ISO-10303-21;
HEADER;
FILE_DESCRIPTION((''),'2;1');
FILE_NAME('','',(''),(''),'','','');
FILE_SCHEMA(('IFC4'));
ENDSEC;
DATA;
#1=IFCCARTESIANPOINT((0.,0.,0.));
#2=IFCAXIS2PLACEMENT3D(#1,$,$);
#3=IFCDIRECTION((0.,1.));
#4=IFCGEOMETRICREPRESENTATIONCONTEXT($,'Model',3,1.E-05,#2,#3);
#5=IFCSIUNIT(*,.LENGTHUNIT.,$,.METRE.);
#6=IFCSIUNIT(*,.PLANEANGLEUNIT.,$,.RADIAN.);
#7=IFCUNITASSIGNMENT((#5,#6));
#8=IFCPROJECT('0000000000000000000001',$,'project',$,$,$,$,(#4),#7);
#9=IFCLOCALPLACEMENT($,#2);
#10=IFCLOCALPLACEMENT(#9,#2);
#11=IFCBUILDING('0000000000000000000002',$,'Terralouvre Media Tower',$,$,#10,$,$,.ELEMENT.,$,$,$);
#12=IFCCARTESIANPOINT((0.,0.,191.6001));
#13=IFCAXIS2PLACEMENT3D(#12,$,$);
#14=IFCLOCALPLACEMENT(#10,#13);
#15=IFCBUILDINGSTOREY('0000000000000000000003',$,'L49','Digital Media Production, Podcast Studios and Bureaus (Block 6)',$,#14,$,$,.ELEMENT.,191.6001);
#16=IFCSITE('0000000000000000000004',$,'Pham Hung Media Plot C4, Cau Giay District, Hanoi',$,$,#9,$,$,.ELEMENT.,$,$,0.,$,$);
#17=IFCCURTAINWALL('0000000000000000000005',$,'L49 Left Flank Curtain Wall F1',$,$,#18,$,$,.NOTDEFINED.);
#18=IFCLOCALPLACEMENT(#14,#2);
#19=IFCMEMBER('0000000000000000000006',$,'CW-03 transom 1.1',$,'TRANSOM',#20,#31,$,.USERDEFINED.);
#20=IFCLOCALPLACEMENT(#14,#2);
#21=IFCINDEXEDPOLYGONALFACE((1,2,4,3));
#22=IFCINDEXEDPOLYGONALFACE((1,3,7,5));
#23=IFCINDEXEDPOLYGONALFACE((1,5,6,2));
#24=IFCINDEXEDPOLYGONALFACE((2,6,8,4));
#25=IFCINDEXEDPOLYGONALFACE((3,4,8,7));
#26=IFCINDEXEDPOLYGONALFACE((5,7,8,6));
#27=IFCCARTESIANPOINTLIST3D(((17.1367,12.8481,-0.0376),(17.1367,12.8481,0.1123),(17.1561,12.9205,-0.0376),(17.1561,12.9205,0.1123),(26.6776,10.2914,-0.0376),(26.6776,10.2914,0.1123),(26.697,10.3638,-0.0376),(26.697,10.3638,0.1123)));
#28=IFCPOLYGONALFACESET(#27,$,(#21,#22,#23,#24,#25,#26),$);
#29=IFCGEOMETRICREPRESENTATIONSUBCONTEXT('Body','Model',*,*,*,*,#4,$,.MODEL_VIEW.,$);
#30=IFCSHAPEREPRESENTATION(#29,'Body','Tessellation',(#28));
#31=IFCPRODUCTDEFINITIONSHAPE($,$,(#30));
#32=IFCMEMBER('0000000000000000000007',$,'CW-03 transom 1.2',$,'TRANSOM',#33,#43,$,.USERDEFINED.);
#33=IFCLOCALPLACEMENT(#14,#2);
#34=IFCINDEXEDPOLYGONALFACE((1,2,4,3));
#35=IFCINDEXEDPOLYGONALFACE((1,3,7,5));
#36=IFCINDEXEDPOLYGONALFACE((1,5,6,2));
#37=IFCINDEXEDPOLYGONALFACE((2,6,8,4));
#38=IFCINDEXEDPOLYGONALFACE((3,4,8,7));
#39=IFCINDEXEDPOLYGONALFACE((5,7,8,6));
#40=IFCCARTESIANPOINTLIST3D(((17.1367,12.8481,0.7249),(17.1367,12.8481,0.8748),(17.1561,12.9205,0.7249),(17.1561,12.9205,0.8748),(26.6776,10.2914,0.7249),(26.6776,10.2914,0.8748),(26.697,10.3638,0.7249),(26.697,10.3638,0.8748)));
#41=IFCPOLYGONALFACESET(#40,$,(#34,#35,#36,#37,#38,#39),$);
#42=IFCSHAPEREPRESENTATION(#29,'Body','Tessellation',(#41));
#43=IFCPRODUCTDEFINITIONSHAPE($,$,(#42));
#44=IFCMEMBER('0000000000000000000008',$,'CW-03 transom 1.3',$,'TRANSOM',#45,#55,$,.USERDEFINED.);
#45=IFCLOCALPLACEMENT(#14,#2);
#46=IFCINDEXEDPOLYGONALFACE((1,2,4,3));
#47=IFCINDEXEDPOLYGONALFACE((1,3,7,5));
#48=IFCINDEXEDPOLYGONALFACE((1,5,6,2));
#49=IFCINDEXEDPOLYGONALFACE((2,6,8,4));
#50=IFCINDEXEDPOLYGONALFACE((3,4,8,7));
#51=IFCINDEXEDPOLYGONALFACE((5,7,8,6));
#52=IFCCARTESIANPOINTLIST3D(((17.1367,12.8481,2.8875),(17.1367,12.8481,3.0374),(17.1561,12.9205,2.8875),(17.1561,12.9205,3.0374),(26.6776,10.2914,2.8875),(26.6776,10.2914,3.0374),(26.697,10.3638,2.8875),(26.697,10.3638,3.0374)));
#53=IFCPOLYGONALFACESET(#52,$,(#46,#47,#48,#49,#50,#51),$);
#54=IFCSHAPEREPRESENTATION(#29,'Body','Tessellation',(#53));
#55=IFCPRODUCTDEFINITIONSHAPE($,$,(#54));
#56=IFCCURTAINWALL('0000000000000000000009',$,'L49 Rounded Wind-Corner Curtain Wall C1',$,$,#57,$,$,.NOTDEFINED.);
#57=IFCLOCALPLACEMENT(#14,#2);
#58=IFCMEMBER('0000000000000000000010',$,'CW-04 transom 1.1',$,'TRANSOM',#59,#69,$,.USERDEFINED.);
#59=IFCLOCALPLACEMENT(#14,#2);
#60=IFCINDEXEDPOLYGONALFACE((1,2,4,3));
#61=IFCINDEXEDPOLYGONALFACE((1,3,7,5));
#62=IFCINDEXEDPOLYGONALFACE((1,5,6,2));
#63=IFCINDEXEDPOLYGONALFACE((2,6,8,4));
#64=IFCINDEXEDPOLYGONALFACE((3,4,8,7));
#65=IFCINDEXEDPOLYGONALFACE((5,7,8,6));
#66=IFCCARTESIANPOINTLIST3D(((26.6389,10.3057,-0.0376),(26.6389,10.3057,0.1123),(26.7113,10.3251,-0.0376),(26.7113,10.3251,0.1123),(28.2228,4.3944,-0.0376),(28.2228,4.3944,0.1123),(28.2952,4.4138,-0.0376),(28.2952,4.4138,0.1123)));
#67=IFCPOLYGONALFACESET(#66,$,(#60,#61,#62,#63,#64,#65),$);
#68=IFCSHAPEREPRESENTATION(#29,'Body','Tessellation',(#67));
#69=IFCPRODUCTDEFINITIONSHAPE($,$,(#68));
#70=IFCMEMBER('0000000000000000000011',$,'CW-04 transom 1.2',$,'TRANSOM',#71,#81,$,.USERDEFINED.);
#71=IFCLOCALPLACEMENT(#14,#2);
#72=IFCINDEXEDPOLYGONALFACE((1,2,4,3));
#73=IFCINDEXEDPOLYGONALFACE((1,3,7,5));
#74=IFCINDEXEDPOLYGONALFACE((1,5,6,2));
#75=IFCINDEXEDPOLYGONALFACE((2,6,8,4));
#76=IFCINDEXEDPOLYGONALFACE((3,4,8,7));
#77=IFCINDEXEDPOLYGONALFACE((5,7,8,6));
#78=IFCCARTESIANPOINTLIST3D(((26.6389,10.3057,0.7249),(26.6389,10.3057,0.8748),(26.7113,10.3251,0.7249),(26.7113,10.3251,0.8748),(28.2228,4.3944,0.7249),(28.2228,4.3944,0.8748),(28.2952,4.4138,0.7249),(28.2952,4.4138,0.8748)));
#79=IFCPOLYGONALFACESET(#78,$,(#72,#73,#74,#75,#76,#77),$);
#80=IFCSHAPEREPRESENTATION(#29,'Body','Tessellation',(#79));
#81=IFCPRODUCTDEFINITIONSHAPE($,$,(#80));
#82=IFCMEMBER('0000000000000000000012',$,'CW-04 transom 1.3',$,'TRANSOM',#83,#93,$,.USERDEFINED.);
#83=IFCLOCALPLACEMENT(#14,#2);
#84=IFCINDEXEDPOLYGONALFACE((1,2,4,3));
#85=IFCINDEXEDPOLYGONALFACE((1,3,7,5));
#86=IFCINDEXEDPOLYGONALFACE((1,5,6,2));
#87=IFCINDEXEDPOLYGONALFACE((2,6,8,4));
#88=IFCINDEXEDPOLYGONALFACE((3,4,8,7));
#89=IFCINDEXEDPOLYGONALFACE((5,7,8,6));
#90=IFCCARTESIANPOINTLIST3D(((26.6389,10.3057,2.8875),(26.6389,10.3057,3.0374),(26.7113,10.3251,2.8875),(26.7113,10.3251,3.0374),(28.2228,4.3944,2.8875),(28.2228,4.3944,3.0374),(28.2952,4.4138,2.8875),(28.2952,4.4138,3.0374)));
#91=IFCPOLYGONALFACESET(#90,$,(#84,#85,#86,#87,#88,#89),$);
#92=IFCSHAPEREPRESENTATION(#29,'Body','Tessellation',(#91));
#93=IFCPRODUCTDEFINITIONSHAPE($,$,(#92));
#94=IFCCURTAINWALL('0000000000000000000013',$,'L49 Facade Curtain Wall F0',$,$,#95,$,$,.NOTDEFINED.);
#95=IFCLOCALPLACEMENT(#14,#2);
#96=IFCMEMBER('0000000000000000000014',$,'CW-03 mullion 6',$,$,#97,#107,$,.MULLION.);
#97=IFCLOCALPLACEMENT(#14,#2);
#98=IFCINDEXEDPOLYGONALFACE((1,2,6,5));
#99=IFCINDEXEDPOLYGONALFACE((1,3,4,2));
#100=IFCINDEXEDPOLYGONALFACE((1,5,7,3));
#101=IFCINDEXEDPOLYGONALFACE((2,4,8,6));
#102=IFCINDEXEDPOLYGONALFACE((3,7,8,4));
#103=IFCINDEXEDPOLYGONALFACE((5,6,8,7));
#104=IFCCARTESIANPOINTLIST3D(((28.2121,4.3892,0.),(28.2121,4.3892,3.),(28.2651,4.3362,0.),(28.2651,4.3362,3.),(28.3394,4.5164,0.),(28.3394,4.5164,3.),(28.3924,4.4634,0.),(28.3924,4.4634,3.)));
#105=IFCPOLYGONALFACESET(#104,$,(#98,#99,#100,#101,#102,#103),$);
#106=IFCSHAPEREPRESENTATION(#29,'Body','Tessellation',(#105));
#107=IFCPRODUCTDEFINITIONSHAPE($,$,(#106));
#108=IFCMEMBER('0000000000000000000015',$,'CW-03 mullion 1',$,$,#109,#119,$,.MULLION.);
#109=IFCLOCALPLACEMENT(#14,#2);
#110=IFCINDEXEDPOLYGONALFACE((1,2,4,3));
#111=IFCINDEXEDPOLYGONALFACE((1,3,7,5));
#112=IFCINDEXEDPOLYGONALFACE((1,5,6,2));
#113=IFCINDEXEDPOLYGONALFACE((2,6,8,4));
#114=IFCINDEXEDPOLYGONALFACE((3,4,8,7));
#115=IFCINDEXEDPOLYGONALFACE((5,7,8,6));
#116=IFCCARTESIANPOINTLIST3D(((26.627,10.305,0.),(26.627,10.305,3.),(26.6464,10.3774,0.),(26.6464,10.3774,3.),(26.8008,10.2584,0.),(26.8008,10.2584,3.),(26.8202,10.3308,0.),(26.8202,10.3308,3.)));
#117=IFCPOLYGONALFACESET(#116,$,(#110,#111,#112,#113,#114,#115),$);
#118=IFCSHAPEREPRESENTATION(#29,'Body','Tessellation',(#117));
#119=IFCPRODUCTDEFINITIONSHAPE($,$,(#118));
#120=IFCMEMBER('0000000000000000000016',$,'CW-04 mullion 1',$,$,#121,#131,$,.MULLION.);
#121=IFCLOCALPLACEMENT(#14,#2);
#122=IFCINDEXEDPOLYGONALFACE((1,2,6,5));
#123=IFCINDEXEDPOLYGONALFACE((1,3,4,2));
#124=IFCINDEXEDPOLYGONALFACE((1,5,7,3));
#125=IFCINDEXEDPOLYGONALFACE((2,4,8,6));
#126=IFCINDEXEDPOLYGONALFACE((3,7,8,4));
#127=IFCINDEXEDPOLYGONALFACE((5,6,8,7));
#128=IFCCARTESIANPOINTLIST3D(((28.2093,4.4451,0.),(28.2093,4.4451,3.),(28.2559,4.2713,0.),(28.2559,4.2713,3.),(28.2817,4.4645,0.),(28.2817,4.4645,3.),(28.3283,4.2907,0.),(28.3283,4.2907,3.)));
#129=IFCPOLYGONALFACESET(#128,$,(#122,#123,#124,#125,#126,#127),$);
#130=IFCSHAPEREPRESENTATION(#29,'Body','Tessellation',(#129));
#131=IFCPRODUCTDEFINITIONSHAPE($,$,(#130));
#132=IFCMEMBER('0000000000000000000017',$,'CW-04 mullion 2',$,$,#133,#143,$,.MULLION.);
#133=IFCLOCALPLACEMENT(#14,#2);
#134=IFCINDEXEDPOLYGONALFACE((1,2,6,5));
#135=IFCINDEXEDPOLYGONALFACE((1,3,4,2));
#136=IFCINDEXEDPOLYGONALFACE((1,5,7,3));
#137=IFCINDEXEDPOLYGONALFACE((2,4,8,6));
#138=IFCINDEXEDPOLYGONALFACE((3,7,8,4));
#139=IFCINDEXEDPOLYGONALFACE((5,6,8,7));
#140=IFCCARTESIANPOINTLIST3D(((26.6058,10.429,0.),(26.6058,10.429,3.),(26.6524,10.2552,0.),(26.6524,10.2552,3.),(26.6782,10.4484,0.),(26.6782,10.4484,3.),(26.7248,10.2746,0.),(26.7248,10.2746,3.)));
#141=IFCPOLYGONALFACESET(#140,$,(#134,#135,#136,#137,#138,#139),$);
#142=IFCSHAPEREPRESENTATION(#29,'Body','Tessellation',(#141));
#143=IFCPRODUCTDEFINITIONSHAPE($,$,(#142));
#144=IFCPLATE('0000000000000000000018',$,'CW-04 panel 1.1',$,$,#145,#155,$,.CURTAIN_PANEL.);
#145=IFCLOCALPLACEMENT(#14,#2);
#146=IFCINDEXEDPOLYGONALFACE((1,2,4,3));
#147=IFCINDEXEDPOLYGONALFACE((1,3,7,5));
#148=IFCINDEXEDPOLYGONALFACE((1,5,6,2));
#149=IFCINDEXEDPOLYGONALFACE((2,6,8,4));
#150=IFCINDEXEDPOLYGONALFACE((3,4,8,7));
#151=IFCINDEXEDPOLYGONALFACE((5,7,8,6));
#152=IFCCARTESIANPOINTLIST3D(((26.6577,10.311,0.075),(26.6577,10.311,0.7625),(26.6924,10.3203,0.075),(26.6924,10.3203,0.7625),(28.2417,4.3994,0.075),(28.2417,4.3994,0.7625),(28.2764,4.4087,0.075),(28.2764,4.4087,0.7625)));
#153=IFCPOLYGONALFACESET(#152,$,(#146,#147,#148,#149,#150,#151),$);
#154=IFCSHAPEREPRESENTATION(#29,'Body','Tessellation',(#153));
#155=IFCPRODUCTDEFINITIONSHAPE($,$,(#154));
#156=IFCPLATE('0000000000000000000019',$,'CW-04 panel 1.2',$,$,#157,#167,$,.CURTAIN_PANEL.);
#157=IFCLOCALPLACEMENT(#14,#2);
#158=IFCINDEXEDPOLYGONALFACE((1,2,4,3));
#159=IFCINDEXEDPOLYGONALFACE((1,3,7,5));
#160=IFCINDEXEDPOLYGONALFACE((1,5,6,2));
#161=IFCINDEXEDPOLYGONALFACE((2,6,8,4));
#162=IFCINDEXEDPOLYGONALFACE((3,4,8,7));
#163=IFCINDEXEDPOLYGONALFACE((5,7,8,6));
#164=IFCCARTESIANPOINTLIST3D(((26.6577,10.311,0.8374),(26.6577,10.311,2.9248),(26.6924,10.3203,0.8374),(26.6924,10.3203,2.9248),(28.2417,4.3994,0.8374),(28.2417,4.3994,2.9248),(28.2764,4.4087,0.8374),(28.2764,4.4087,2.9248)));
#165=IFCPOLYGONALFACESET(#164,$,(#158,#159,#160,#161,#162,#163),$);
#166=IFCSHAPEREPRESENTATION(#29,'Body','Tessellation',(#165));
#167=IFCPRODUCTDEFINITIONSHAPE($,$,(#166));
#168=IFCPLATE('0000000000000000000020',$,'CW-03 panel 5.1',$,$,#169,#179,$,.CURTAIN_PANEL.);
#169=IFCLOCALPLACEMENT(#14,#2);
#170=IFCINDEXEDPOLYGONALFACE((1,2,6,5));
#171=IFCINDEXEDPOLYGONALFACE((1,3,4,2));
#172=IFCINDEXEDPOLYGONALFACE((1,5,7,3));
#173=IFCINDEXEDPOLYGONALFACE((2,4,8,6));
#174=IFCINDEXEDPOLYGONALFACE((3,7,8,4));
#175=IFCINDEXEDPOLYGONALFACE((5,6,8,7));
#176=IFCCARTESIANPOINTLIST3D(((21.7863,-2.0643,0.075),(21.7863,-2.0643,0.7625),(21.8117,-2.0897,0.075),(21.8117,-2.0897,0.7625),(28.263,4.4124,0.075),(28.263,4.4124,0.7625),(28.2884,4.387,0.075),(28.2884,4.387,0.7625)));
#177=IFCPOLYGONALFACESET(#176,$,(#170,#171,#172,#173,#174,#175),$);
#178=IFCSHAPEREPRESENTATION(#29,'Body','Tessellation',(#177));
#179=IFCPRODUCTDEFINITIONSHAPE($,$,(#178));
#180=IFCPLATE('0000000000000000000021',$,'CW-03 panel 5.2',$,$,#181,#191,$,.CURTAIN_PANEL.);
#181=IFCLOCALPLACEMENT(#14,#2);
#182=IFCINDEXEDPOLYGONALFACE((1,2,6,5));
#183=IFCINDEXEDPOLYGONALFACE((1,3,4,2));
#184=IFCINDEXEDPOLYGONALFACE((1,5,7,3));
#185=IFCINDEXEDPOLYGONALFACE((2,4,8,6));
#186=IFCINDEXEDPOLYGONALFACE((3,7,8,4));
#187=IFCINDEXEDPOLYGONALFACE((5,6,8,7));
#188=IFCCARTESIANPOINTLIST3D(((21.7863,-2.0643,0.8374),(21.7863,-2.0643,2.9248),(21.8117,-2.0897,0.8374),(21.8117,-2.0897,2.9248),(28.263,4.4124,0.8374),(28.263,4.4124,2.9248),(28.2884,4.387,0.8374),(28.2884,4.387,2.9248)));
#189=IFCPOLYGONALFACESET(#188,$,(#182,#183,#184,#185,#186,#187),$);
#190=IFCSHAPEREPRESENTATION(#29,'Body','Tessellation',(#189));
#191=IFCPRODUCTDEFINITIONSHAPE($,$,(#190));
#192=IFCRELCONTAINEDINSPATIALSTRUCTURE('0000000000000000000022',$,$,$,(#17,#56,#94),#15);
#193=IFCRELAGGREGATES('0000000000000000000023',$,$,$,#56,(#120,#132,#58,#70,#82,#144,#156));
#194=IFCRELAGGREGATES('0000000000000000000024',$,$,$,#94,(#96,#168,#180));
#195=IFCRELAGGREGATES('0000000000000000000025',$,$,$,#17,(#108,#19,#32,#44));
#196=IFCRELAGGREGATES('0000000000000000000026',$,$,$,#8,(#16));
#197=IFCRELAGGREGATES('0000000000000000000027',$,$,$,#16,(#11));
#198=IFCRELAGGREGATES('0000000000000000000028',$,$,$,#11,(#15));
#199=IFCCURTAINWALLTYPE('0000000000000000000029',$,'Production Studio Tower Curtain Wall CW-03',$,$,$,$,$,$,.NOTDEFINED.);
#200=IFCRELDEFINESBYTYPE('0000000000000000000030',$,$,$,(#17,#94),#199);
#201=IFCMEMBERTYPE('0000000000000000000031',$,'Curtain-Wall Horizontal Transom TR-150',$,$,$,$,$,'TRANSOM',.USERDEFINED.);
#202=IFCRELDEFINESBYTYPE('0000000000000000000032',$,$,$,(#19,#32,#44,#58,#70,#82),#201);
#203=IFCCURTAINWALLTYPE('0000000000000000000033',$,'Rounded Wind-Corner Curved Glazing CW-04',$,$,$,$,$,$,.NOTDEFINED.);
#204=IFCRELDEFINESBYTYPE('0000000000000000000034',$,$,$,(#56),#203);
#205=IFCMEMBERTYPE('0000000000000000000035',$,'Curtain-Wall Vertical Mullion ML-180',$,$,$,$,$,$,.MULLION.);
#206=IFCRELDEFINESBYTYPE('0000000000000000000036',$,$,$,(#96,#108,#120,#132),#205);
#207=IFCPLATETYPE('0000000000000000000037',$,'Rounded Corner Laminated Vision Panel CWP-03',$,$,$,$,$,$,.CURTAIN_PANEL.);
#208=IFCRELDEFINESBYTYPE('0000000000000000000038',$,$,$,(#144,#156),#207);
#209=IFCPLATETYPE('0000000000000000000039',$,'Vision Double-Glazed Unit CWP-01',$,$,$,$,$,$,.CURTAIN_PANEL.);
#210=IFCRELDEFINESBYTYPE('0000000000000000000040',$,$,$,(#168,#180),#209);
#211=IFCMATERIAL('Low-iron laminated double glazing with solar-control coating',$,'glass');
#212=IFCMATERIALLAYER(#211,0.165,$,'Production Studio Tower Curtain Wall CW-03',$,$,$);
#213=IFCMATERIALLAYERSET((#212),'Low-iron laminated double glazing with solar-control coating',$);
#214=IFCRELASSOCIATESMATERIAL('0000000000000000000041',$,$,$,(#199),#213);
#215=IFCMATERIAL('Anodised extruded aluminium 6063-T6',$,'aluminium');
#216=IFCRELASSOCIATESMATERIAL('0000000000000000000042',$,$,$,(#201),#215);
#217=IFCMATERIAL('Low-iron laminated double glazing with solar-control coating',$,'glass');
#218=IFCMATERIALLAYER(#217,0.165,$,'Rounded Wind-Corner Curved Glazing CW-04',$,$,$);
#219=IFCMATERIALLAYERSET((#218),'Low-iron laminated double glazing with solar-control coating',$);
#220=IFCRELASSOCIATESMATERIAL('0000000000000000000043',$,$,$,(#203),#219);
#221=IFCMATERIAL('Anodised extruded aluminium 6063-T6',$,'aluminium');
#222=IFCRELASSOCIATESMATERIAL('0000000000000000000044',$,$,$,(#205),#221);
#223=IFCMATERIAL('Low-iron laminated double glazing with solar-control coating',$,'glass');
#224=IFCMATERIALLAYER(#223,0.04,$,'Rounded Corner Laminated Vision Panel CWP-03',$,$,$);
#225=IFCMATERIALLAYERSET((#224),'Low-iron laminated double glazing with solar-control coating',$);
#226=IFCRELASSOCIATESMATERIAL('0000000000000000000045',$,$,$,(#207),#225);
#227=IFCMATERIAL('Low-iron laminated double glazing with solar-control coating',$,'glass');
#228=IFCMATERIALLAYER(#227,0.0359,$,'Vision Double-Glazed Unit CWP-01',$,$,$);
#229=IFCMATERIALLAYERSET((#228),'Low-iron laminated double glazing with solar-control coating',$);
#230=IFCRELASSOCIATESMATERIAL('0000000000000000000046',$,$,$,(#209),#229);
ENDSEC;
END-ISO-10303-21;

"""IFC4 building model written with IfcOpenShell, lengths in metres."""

from ifc_helpers import new_model, si_unit, direction, frame, origin, origin_2d, place, context, subcontext, project, spatial, rectangle, extrude, material, layer, layer_set, material_profile, profile_set, type_object, element, aggregate, save


model = new_model("IFC4")

# Units and contexts
model_context = context("Model", 3, precision=1e-05, world=origin(), true_north=direction((0.0, 1.0)))
body_context = subcontext(model_context, "Body", "Model", "MODEL_VIEW")
ifc_project = project(units=[si_unit("LENGTHUNIT", "METRE"), si_unit("PLANEANGLEUNIT", "RADIAN")], contexts=[model_context])

# Site, building, storey
site_placement = place(None, origin())
site = spatial("IfcSite", under=ifc_project, at=site_placement, Name="Pham Hung Media Plot C4, Cau Giay District, Hanoi", CompositionType="ELEMENT", RefElevation=0.0)
building_placement = place(site_placement, origin())
building = spatial("IfcBuilding", under=site, at=building_placement, Name="Terralouvre Media Tower", CompositionType="ELEMENT")
storey_placement = place(building_placement, frame((0.0, 0.0, 191.6001)))
storey = spatial("IfcBuildingStorey", under=building, at=storey_placement, Name="L49", Description="Digital Media Production, Podcast Studios and Bureaus (Block 6)", CompositionType="ELEMENT", Elevation=191.6001)

# Curtain walls, members
ifc_material_1 = material(Name="Low-iron laminated double glazing with solar-control coating", Category="glass")
ifc_layer_1 = layer(ifc_material_1, 0.165, Name="Production Studio Tower Curtain Wall CW-03")
ifc_layer_set_1 = layer_set([ifc_layer_1], Name="Low-iron laminated double glazing with solar-control coating")
curtain_wall_type_1 = type_object("IfcCurtainWallType", Name="Production Studio Tower Curtain Wall CW-03", PredefinedType="NOTDEFINED", material=ifc_layer_set_1)
curtain_wall_1_placement = place(storey_placement, origin())
curtain_wall_1 = element("IfcCurtainWall", 1, at=curtain_wall_1_placement, inside=storey, type_object=curtain_wall_type_1, Name="L49 Left Flank Curtain Wall F1", PredefinedType="NOTDEFINED")
ifc_material_2 = material(Name="Anodised extruded aluminium 6063-T6", Category="aluminium")
ifc_material_profile_1 = material_profile(ifc_material_2, rectangle(XDim=0.075, YDim=0.1499, at=origin_2d()), Name="ALU 75x150")
ifc_profile_set_1 = profile_set([ifc_material_profile_1], Name="Anodised extruded aluminium 6063-T6")
member_type_1 = type_object("IfcMemberType", Name="Curtain-Wall Horizontal Transom TR-150", ElementType="TRANSOM", PredefinedType="USERDEFINED", material=ifc_profile_set_1)
member_1_placement = place(storey_placement, frame((26.6873, 10.3276, 0.0374), z_axis=(-0.965921, 0.258838, 0.0), x_axis=(-0.258838, -0.965921, 0.0)))
member_1 = element("IfcMember", 2, at=member_1_placement, type_object=member_type_1, Name="CW-03 transom 1.1", ObjectType="TRANSOM", PredefinedType="USERDEFINED", context=body_context, shape_type="SweptSolid", body=[
    extrude(rectangle(XDim=0.075, YDim=0.1499, at=origin_2d()), origin(), (0.0, 0.0, 1.0), 9.8774),
])
member_2_placement = place(storey_placement, frame((26.6873, 10.3276, 0.7998), z_axis=(-0.965921, 0.258838, 0.0), x_axis=(-0.258838, -0.965921, 0.0)))
member_2 = element("IfcMember", 3, at=member_2_placement, type_object=member_type_1, Name="CW-03 transom 1.2", ObjectType="TRANSOM", PredefinedType="USERDEFINED", context=body_context, shape_type="SweptSolid", body=[
    extrude(rectangle(XDim=0.075, YDim=0.1499, at=origin_2d()), origin(), (0.0, 0.0, 1.0), 9.8774),
])
member_3_placement = place(storey_placement, frame((26.6873, 10.3276, 2.9624), z_axis=(-0.965921, 0.258838, 0.0), x_axis=(-0.258838, -0.965921, 0.0)))
member_3 = element("IfcMember", 4, at=member_3_placement, type_object=member_type_1, Name="CW-03 transom 1.3", ObjectType="TRANSOM", PredefinedType="USERDEFINED", context=body_context, shape_type="SweptSolid", body=[
    extrude(rectangle(XDim=0.075, YDim=0.1499, at=origin_2d()), origin(), (0.0, 0.0, 1.0), 9.8774),
])
ifc_material_3 = material(Name="Low-iron laminated double glazing with solar-control coating", Category="glass")
ifc_layer_2 = layer(ifc_material_3, 0.165, Name="Rounded Wind-Corner Curved Glazing CW-04")
ifc_layer_set_2 = layer_set([ifc_layer_2], Name="Low-iron laminated double glazing with solar-control coating")
curtain_wall_type_2 = type_object("IfcCurtainWallType", Name="Rounded Wind-Corner Curved Glazing CW-04", PredefinedType="NOTDEFINED", material=ifc_layer_set_2)
curtain_wall_2_placement = place(storey_placement, origin())
curtain_wall_2 = element("IfcCurtainWall", 5, at=curtain_wall_2_placement, inside=storey, type_object=curtain_wall_type_2, Name="L49 Rounded Wind-Corner Curtain Wall C1", PredefinedType="NOTDEFINED")
member_4_placement = place(storey_placement, frame((28.259, 4.4041, 0.0374), z_axis=(-0.258824, 0.965924, 0.0), x_axis=(-0.965924, -0.258824, 0.0)))
member_4 = element("IfcMember", 6, at=member_4_placement, type_object=member_type_1, Name="CW-04 transom 1.1", ObjectType="TRANSOM", PredefinedType="USERDEFINED", context=body_context, shape_type="SweptSolid", body=[
    extrude(rectangle(XDim=0.075, YDim=0.1499, at=origin_2d()), origin(), (0.0, 0.0, 1.0), 6.1199),
])
member_5_placement = place(storey_placement, frame((28.259, 4.4041, 0.7998), z_axis=(-0.258824, 0.965924, 0.0), x_axis=(-0.965924, -0.258824, 0.0)))
member_5 = element("IfcMember", 7, at=member_5_placement, type_object=member_type_1, Name="CW-04 transom 1.2", ObjectType="TRANSOM", PredefinedType="USERDEFINED", context=body_context, shape_type="SweptSolid", body=[
    extrude(rectangle(XDim=0.075, YDim=0.1499, at=origin_2d()), origin(), (0.0, 0.0, 1.0), 6.1199),
])
member_6_placement = place(storey_placement, frame((28.259, 4.4041, 2.9624), z_axis=(-0.258824, 0.965924, 0.0), x_axis=(-0.965924, -0.258824, 0.0)))
member_6 = element("IfcMember", 8, at=member_6_placement, type_object=member_type_1, Name="CW-04 transom 1.3", ObjectType="TRANSOM", PredefinedType="USERDEFINED", context=body_context, shape_type="SweptSolid", body=[
    extrude(rectangle(XDim=0.075, YDim=0.1499, at=origin_2d()), origin(), (0.0, 0.0, 1.0), 6.1199),
])

# Curtain wall, member
curtain_wall_3_placement = place(storey_placement, origin())
curtain_wall_3 = element("IfcCurtainWall", 9, at=curtain_wall_3_placement, inside=storey, type_object=curtain_wall_type_1, Name="L49 Facade Curtain Wall F0", PredefinedType="NOTDEFINED")
ifc_material_4 = material(Name="Anodised extruded aluminium 6063-T6", Category="aluminium")
ifc_material_profile_2 = material_profile(ifc_material_4, rectangle(XDim=0.075, YDim=0.1799, at=origin_2d()), Name="ALU 75x180")
ifc_profile_set_2 = profile_set([ifc_material_profile_2], Name="Anodised extruded aluminium 6063-T6")
member_type_2 = type_object("IfcMemberType", Name="Curtain-Wall Vertical Mullion ML-180", PredefinedType="MULLION", material=ifc_profile_set_2)
member_7_placement = place(storey_placement, frame((28.3022, 4.4263, 0.0), z_axis=(0.0, 0.0, 1.0), x_axis=(-0.707107, 0.707107, 0.0)))
member_7 = element("IfcMember", 10, at=member_7_placement, type_object=member_type_2, Name="CW-03 mullion 6", PredefinedType="MULLION", context=body_context, shape_type="SweptSolid", body=[
    extrude(rectangle(XDim=0.075, YDim=0.1799, at=origin_2d()), origin(), (0.0, 0.0, 1.0), 3.0),
])

# Members
member_8_placement = place(storey_placement, frame((26.7236, 10.3179, 0.0), z_axis=(0.0, 0.0, 1.0), x_axis=(-0.258819, -0.965926, 0.0)))
member_8 = element("IfcMember", 11, at=member_8_placement, type_object=member_type_2, Name="CW-03 mullion 1", PredefinedType="MULLION", context=body_context, shape_type="SweptSolid", body=[
    extrude(rectangle(XDim=0.075, YDim=0.1799, at=origin_2d()), origin(), (0.0, 0.0, 1.0), 3.0),
])
member_9_placement = place(storey_placement, frame((28.2688, 4.3679, 0.0), z_axis=(0.0, 0.0, 1.0), x_axis=(-0.965926, -0.258819, 0.0)))
member_9 = element("IfcMember", 12, at=member_9_placement, type_object=member_type_2, Name="CW-04 mullion 1", PredefinedType="MULLION", context=body_context, shape_type="SweptSolid", body=[
    extrude(rectangle(XDim=0.075, YDim=0.1799, at=origin_2d()), origin(), (0.0, 0.0, 1.0), 3.0),
])
member_10_placement = place(storey_placement, frame((26.6653, 10.3518, 0.0), z_axis=(0.0, 0.0, 1.0), x_axis=(-0.965926, -0.258819, 0.0)))
member_10 = element("IfcMember", 13, at=member_10_placement, type_object=member_type_2, Name="CW-04 mullion 2", PredefinedType="MULLION", context=body_context, shape_type="SweptSolid", body=[
    extrude(rectangle(XDim=0.075, YDim=0.1799, at=origin_2d()), origin(), (0.0, 0.0, 1.0), 3.0),
])

# Plates
ifc_material_5 = material(Name="Low-iron laminated double glazing with solar-control coating", Category="glass")
ifc_layer_3 = layer(ifc_material_5, 0.04, Name="Rounded Corner Laminated Vision Panel CWP-03")
ifc_layer_set_3 = layer_set([ifc_layer_3], Name="Low-iron laminated double glazing with solar-control coating")
plate_type_1 = type_object("IfcPlateType", Name="Rounded Corner Laminated Vision Panel CWP-03", PredefinedType="CURTAIN_PANEL", material=ifc_layer_set_3)
plate_1_placement = place(storey_placement, frame((27.467, 7.3599, 0.075), z_axis=(0.0, 0.0, 1.0), x_axis=(-0.258819, 0.965926, 0.0)))
plate_1 = element("IfcPlate", 14, at=plate_1_placement, type_object=plate_type_1, Name="CW-04 panel 1.1", PredefinedType="CURTAIN_PANEL", context=body_context, shape_type="SweptSolid", body=[
    extrude(rectangle(XDim=6.1201, YDim=0.0359, at=origin_2d()), origin(), (0.0, 0.0, 1.0), 0.6875),
])
plate_2_placement = place(storey_placement, frame((27.467, 7.3599, 0.8374), z_axis=(0.0, 0.0, 1.0), x_axis=(-0.258819, 0.965926, 0.0)))
plate_2 = element("IfcPlate", 15, at=plate_2_placement, type_object=plate_type_1, Name="CW-04 panel 1.2", PredefinedType="CURTAIN_PANEL", context=body_context, shape_type="SweptSolid", body=[
    extrude(rectangle(XDim=6.1201, YDim=0.0359, at=origin_2d()), origin(), (0.0, 0.0, 1.0), 2.0874),
])
aggregate(curtain_wall_2, [member_9, member_10, member_4, member_5, member_6, plate_1, plate_2])
ifc_material_6 = material(Name="Low-iron laminated double glazing with solar-control coating", Category="glass")
ifc_layer_4 = layer(ifc_material_6, 0.0359, Name="Vision Double-Glazed Unit CWP-01")
ifc_layer_set_4 = layer_set([ifc_layer_4], Name="Low-iron laminated double glazing with solar-control coating")
plate_type_2 = type_object("IfcPlateType", Name="Vision Double-Glazed Unit CWP-01", PredefinedType="CURTAIN_PANEL", material=ifc_layer_set_4)
plate_3_placement = place(storey_placement, frame((25.0374, 1.1614, 0.075), z_axis=(0.0, 0.0, 1.0), x_axis=(0.707107, 0.707107, 0.0)))
plate_3 = element("IfcPlate", 16, at=plate_3_placement, type_object=plate_type_2, Name="CW-03 panel 5.1", PredefinedType="CURTAIN_PANEL", context=body_context, shape_type="SweptSolid", body=[
    extrude(rectangle(XDim=9.1594, YDim=0.0359, at=origin_2d()), origin(), (0.0, 0.0, 1.0), 0.6875),
])
plate_4_placement = place(storey_placement, frame((25.0374, 1.1614, 0.8374), z_axis=(0.0, 0.0, 1.0), x_axis=(0.707107, 0.707107, 0.0)))
plate_4 = element("IfcPlate", 17, at=plate_4_placement, type_object=plate_type_2, Name="CW-03 panel 5.2", PredefinedType="CURTAIN_PANEL", context=body_context, shape_type="SweptSolid", body=[
    extrude(rectangle(XDim=9.1594, YDim=0.0359, at=origin_2d()), origin(), (0.0, 0.0, 1.0), 2.0874),
])
aggregate(curtain_wall_3, [member_7, plate_3, plate_4])
aggregate(curtain_wall_1, [member_8, member_1, member_2, member_3])

save(model, "model.ifc")
